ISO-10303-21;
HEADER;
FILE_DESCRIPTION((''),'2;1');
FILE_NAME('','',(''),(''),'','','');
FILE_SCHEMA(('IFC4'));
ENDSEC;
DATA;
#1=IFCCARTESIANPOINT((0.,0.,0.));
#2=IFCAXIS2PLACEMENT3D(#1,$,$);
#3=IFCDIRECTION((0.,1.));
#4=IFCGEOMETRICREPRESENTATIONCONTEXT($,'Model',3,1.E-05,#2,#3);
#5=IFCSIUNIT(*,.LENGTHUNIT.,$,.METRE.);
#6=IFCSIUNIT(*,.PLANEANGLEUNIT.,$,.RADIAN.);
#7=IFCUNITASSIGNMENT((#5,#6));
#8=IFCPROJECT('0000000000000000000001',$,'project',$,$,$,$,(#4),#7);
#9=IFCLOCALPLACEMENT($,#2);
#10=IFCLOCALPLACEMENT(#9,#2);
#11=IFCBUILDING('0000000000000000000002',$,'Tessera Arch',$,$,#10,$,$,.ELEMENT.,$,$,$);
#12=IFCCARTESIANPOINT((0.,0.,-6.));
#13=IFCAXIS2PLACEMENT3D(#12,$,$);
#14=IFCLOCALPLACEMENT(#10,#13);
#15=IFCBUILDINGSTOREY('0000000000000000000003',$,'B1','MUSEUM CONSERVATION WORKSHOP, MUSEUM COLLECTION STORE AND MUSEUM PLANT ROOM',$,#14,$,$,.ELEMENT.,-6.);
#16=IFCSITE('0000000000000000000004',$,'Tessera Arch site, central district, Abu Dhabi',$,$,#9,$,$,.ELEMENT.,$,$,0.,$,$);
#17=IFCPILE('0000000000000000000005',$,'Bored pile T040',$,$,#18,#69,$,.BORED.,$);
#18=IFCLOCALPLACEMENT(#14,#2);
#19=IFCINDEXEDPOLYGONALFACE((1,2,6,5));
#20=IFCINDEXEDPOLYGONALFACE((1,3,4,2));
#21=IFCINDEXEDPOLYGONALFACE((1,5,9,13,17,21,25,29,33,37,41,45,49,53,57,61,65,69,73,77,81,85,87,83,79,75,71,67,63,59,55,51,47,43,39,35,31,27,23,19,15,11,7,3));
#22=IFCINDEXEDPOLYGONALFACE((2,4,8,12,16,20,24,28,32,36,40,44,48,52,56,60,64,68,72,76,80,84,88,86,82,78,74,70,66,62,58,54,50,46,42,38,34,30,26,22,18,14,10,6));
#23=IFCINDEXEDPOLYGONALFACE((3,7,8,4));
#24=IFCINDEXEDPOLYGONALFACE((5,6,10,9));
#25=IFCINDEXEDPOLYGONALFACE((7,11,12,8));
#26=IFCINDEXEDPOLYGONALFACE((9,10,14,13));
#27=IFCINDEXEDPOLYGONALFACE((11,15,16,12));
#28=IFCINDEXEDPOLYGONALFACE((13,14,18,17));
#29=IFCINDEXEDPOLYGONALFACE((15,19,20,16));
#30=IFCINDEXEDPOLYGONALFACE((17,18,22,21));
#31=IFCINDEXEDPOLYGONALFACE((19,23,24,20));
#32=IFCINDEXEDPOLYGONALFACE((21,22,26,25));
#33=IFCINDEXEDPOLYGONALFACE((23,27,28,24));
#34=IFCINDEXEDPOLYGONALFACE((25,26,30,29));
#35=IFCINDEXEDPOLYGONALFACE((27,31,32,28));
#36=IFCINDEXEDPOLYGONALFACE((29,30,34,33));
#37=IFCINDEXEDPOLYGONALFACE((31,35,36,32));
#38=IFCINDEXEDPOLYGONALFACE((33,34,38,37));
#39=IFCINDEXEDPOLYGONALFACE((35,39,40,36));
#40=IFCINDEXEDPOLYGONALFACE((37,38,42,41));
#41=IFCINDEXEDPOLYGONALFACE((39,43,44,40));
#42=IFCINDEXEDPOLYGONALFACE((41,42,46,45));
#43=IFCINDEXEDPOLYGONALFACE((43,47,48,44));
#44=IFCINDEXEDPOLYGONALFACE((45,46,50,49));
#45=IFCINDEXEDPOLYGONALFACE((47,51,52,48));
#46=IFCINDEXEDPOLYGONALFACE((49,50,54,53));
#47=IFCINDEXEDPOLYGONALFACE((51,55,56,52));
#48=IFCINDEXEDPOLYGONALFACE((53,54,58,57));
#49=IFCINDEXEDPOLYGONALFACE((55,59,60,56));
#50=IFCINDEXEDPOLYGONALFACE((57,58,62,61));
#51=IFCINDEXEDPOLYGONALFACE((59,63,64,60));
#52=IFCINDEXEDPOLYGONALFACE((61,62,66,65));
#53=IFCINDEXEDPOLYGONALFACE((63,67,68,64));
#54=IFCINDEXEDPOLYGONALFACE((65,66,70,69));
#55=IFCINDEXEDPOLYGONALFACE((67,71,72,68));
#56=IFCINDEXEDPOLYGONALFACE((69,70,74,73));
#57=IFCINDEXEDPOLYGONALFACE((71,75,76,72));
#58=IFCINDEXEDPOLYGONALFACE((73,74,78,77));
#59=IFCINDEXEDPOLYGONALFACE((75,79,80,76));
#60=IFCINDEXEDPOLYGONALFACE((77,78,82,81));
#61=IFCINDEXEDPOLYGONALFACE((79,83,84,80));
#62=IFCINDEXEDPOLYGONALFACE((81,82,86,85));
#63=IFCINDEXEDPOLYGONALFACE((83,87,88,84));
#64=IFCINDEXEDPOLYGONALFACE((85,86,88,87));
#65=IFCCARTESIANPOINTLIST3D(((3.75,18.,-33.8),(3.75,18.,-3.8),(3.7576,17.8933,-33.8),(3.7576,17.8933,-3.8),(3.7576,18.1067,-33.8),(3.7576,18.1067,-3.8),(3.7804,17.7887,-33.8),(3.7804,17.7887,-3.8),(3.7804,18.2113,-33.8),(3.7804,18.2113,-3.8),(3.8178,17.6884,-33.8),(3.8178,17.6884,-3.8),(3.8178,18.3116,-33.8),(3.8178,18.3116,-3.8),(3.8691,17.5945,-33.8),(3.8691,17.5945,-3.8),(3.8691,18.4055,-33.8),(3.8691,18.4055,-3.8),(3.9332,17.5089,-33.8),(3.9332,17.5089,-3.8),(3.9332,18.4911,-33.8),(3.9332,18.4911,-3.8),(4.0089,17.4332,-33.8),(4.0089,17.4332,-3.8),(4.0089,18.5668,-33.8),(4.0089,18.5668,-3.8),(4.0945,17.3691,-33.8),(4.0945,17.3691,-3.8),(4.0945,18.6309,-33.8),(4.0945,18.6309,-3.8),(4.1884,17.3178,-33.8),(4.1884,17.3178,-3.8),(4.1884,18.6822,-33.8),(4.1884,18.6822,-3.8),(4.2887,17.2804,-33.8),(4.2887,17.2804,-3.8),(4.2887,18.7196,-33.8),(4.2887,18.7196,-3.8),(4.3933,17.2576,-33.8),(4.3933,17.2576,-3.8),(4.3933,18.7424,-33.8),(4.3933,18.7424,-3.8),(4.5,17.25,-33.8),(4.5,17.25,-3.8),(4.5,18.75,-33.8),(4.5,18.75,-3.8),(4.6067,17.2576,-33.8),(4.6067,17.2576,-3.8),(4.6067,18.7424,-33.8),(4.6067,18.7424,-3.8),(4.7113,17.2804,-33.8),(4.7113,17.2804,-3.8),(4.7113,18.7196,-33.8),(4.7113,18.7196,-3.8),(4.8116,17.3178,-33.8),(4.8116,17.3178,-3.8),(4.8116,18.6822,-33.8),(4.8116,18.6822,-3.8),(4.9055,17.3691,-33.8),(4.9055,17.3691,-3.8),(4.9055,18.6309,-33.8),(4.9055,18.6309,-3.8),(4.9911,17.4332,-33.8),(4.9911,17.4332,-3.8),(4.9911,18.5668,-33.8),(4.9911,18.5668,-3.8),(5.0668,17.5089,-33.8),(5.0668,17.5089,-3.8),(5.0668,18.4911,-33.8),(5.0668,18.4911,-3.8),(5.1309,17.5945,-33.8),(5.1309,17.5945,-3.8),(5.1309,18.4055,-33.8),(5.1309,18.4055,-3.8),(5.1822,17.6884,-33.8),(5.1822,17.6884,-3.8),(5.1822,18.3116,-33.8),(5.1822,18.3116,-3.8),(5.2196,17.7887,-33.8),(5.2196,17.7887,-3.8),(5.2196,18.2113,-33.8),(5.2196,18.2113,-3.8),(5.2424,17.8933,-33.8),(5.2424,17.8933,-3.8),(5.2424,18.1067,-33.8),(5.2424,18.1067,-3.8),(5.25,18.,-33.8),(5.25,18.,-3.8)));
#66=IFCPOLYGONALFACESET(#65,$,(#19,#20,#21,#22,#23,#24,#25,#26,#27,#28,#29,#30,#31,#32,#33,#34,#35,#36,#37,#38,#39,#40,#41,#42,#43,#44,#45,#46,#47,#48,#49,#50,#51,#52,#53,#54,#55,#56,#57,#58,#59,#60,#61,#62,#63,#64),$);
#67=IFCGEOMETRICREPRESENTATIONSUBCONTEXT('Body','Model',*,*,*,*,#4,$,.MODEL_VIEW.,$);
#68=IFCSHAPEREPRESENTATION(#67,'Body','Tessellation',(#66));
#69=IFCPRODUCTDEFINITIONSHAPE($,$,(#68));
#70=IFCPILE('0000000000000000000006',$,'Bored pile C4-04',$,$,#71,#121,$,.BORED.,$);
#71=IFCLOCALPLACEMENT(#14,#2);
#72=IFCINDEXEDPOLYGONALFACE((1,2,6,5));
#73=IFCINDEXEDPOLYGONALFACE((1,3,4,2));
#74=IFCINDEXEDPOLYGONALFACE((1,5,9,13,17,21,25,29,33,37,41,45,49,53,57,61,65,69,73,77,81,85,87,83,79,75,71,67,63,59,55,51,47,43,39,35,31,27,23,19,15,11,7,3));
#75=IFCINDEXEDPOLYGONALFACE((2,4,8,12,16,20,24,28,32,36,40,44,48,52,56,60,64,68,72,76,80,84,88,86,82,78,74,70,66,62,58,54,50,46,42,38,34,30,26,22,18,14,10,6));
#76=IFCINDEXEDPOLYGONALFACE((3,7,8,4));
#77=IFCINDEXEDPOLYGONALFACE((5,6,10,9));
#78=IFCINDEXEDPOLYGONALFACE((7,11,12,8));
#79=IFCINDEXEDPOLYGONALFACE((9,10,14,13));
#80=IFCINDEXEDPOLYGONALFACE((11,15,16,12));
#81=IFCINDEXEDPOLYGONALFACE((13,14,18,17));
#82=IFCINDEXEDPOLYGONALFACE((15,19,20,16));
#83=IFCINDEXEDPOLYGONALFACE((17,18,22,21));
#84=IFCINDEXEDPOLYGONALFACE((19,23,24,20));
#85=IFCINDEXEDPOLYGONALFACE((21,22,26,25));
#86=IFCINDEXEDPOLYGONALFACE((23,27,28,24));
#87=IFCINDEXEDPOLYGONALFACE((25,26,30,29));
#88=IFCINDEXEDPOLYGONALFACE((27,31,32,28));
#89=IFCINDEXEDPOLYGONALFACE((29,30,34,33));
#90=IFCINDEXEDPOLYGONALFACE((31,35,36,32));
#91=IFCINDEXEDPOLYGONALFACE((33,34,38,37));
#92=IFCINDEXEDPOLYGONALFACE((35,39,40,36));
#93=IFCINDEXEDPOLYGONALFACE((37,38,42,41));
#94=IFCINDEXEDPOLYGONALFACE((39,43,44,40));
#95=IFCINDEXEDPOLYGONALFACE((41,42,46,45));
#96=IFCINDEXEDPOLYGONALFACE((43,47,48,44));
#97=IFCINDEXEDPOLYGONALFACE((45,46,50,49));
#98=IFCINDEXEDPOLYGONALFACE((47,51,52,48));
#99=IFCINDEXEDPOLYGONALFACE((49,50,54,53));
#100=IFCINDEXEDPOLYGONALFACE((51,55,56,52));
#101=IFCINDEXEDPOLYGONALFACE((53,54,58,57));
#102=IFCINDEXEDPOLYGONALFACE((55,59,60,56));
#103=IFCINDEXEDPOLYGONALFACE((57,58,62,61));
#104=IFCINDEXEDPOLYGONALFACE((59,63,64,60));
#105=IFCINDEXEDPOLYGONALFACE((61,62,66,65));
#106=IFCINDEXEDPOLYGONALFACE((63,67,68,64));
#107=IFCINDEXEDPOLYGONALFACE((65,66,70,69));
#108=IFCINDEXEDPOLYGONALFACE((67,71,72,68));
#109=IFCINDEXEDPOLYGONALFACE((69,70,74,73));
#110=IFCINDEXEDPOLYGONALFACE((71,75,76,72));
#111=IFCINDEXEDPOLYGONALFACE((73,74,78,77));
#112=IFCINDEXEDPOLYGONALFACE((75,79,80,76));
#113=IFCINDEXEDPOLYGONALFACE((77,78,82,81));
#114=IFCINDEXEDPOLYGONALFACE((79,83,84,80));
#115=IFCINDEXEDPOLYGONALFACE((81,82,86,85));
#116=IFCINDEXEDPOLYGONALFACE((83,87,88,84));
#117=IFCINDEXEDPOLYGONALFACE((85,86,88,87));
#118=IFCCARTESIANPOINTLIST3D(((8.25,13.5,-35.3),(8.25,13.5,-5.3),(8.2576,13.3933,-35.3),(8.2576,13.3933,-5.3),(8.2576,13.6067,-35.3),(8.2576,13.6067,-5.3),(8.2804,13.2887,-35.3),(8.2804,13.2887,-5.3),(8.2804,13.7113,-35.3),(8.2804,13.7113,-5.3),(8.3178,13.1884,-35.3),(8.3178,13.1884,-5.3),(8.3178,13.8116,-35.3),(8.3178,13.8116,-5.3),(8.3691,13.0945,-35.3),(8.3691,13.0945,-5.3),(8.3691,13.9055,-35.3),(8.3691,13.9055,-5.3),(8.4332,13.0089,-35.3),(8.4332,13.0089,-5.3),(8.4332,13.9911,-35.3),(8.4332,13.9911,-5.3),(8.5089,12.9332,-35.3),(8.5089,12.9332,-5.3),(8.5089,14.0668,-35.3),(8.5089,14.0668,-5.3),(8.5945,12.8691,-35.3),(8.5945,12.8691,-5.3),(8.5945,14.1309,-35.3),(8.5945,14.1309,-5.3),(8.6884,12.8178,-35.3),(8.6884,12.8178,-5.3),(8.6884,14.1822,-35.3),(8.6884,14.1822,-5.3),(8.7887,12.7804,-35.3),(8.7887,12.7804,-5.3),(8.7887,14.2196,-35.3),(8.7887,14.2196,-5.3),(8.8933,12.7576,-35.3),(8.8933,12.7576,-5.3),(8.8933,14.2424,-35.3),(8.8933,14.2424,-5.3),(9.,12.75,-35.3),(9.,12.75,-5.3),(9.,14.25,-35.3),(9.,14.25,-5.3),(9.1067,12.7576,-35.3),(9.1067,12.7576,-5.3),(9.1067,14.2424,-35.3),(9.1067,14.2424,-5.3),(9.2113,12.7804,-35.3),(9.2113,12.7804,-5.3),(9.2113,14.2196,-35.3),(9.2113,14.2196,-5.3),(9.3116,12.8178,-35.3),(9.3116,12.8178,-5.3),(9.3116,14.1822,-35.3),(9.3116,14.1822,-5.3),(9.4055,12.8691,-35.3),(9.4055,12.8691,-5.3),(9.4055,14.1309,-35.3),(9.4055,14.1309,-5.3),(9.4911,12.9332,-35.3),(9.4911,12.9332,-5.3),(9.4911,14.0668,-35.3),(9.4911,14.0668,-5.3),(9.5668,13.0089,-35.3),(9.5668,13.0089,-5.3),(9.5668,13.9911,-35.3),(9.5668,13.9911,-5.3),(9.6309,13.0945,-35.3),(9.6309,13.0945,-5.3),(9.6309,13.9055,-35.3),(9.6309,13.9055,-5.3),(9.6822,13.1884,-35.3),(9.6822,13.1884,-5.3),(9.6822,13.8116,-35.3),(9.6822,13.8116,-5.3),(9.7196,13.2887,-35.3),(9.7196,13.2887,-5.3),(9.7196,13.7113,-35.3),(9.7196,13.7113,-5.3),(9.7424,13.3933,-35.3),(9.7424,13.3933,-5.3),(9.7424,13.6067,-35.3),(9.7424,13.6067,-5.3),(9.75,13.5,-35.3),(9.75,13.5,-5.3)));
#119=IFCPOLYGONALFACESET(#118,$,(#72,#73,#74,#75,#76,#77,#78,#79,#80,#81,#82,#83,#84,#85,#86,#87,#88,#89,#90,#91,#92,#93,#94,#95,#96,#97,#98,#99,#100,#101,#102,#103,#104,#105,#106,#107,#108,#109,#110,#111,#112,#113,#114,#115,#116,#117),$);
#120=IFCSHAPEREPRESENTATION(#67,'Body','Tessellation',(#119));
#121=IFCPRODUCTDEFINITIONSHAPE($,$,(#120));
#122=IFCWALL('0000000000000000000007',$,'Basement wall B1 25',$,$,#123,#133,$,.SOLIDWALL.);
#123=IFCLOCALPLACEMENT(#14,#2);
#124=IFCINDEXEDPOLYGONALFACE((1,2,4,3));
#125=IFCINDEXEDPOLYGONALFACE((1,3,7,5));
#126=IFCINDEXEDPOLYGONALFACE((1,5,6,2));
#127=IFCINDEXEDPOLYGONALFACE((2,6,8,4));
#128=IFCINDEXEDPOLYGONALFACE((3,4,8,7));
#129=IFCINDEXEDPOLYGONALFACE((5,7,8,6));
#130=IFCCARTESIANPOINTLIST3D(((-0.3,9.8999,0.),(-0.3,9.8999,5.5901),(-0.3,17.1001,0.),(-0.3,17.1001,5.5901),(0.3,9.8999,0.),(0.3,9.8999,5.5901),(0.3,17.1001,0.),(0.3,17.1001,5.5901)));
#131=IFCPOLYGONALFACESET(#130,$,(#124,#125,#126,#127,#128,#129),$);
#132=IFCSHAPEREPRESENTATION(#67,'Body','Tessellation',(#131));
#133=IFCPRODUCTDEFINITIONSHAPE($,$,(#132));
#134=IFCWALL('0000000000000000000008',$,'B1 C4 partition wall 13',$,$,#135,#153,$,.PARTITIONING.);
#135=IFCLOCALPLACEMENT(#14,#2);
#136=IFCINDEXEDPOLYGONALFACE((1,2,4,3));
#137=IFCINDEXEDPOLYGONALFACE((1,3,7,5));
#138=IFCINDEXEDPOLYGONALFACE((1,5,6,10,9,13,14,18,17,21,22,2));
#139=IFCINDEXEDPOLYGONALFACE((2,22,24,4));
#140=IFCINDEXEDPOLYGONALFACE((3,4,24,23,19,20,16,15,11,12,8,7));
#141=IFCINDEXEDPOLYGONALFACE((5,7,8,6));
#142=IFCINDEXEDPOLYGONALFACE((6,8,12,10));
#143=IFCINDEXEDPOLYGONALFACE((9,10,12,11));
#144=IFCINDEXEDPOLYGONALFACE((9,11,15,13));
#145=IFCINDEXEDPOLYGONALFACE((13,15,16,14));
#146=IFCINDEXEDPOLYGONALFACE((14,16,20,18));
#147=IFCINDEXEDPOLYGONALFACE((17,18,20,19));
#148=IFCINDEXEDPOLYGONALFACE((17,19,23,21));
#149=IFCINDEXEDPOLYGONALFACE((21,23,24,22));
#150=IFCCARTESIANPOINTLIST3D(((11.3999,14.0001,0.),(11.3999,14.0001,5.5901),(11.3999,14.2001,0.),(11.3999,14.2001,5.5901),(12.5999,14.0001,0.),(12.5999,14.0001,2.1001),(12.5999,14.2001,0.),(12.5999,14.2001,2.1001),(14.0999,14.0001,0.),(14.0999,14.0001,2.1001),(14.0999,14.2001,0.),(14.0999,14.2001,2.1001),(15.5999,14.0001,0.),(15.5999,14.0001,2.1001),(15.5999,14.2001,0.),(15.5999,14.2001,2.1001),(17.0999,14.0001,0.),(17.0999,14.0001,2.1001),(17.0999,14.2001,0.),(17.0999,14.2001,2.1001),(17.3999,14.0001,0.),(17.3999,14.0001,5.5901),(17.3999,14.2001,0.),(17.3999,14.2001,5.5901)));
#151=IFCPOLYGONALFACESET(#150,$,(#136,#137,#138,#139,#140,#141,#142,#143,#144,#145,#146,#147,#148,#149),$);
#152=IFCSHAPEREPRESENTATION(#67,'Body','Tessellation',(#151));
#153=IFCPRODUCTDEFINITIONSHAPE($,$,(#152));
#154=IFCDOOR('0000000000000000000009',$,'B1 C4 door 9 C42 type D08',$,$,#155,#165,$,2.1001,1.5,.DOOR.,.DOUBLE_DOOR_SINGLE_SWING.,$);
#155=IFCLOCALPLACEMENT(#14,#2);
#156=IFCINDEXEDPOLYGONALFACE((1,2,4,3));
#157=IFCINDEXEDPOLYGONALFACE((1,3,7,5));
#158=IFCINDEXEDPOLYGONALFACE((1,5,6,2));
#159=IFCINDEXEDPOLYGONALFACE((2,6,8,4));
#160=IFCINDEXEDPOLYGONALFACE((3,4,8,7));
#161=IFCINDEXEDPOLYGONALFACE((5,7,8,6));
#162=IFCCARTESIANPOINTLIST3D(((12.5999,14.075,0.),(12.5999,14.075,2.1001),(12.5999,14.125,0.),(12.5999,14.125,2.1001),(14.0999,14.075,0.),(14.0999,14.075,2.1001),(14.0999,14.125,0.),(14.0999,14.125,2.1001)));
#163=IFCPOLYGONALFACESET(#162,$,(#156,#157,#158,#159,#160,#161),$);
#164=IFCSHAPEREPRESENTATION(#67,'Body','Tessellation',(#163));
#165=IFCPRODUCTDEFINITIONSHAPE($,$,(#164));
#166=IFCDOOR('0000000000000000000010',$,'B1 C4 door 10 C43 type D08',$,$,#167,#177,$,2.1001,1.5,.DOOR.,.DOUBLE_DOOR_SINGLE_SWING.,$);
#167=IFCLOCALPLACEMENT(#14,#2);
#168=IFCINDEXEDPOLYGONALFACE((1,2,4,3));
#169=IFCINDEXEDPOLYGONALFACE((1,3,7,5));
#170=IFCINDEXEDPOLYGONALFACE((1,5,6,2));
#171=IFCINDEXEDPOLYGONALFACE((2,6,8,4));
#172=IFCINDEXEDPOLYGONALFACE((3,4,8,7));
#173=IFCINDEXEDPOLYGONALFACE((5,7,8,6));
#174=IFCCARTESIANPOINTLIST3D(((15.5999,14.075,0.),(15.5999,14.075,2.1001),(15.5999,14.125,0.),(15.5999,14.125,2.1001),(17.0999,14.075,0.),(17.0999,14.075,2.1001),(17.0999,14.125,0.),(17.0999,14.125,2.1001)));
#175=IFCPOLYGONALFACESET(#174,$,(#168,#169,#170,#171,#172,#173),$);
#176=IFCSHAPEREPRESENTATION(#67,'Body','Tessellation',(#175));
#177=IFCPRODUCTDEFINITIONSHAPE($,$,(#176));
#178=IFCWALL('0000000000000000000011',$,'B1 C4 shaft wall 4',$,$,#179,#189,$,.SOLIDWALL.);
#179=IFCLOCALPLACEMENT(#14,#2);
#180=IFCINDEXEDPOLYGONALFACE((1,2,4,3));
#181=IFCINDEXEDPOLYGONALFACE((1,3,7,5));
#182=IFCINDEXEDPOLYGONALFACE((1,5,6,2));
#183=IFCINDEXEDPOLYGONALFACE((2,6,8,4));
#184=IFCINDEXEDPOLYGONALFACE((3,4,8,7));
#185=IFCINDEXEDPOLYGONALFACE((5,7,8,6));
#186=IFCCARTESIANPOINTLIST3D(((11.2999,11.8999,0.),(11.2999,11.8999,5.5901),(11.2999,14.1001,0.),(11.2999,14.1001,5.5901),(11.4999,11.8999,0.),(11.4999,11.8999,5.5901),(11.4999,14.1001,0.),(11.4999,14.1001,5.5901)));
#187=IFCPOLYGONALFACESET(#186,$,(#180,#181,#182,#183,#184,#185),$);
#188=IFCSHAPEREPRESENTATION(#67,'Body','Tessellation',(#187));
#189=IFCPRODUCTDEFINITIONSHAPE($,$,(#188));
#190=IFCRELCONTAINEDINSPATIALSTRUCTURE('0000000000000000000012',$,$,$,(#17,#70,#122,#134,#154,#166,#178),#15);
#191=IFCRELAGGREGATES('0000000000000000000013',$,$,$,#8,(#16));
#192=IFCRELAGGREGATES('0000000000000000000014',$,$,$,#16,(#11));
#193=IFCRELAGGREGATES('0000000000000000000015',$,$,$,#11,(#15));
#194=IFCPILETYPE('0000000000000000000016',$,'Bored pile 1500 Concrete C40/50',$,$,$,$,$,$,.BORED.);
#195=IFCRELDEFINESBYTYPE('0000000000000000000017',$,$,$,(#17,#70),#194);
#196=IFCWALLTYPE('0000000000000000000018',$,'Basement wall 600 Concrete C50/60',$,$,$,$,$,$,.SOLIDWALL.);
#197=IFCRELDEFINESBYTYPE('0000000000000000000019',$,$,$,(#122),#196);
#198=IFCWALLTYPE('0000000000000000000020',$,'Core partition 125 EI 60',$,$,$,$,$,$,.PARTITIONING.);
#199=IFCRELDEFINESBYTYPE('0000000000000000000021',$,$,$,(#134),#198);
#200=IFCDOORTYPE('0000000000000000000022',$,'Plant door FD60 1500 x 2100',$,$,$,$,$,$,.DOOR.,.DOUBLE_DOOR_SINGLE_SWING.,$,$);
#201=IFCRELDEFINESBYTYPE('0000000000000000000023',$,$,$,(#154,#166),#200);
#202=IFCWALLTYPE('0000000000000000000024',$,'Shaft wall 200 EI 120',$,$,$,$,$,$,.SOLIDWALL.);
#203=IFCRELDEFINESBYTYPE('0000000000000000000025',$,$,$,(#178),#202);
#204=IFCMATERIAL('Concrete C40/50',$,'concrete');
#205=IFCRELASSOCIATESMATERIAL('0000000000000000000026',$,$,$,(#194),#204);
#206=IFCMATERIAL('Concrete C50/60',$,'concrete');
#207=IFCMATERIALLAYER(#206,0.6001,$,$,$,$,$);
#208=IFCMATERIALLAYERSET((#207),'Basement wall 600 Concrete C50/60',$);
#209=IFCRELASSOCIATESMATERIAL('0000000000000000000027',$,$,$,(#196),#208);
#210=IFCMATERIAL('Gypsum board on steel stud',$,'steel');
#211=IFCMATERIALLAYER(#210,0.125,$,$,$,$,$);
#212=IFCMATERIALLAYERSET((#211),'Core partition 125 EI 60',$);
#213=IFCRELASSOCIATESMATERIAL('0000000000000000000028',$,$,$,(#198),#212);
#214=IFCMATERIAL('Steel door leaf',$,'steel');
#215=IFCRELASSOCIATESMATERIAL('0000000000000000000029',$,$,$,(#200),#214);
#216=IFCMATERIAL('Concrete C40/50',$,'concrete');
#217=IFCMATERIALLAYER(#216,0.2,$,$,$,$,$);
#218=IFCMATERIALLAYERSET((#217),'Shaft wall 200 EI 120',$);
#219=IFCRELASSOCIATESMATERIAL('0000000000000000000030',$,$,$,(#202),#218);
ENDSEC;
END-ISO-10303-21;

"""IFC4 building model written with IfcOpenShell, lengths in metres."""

from ifc_helpers import new_model, si_unit, direction, frame, frame_2d, origin, origin_2d, place, context, subcontext, project, spatial, rectangle, circle, extrude, material, layer, layer_set, type_object, element, fill, save


model = new_model("IFC4")

# Units and contexts
model_context = context("Model", 3, precision=1e-05, world=origin(), true_north=direction((0.0, 1.0)))
body_context = subcontext(model_context, "Body", "Model", "MODEL_VIEW")
ifc_project = project(units=[si_unit("LENGTHUNIT", "METRE"), si_unit("PLANEANGLEUNIT", "RADIAN")], contexts=[model_context])

# Site, building, storey
site_placement = place(None, origin())
site = spatial("IfcSite", under=ifc_project, at=site_placement, Name="Tessera Arch site, central district, Abu Dhabi", CompositionType="ELEMENT", RefElevation=0.0)
building_placement = place(site_placement, origin())
building = spatial("IfcBuilding", under=site, at=building_placement, Name="Tessera Arch", CompositionType="ELEMENT")
storey_placement = place(building_placement, frame((0.0, 0.0, -6.0)))
storey = spatial("IfcBuildingStorey", under=building, at=storey_placement, Name="B1", Description="MUSEUM CONSERVATION WORKSHOP, MUSEUM COLLECTION STORE AND MUSEUM PLANT ROOM", CompositionType="ELEMENT", Elevation=-6.0)

# Piles
ifc_material_1 = material(Name="Concrete C40/50", Category="concrete")
pile_type = type_object("IfcPileType", Name="Bored pile 1500 Concrete C40/50", PredefinedType="BORED", material=ifc_material_1)
for number, where, z_axis, x_axis, name in (
    (1, (4.5, 18.0, -3.8), (0.0, 0.0, -1.0), (1.0, 0.0, 0.0), "Bored pile T040"),
    (2, (9.0, 13.5, -5.3), (0.0, 0.0, -1.0), (1.0, 0.0, 0.0), "Bored pile C4-04"),
):
    element("IfcPile", number, at=place(storey_placement, frame(where, z_axis=z_axis, x_axis=x_axis)), inside=storey, type_object=pile_type, Name=name, PredefinedType="BORED", context=body_context, shape_type="SweptSolid", body=[
        extrude(circle(Radius=0.75, at=origin_2d()), origin(), (0.0, 0.0, 1.0), 30.0),
    ])

# Wall
ifc_material_2 = material(Name="Concrete C50/60", Category="concrete")
ifc_layer_1 = layer(ifc_material_2, 0.6001)
ifc_layer_set_1 = layer_set([ifc_layer_1], Name="Basement wall 600 Concrete C50/60")
wall_type_1 = type_object("IfcWallType", Name="Basement wall 600 Concrete C50/60", PredefinedType="SOLIDWALL", material=ifc_layer_set_1)
wall_1_placement = place(storey_placement, frame((0.0, 17.1001, 0.0), z_axis=(0.0, 0.0, 1.0), x_axis=(0.0, -1.0, 0.0)))
element("IfcWall", 3, at=wall_1_placement, inside=storey, type_object=wall_type_1, Name="Basement wall B1 25", PredefinedType="SOLIDWALL", context=body_context, shape_type="SweptSolid", body=[
    extrude(rectangle(XDim=7.2002, YDim=0.6001, at=frame_2d((3.6001, 0.0))), origin(), (0.0, 0.0, 1.0), 5.5901),
])

# Wall, openings, doors
ifc_material_3 = material(Name="Gypsum board on steel stud", Category="steel")
ifc_layer_2 = layer(ifc_material_3, 0.125)
ifc_layer_set_2 = layer_set([ifc_layer_2], Name="Core partition 125 EI 60")
wall_type_2 = type_object("IfcWallType", Name="Core partition 125 EI 60", PredefinedType="PARTITIONING", material=ifc_layer_set_2)
wall_2_placement = place(storey_placement, frame((11.3999, 14.1001, 0.0), z_axis=(0.0, 0.0, 1.0), x_axis=(1.0, 0.0, 0.0)))
wall_2 = element("IfcWall", 4, at=wall_2_placement, inside=storey, type_object=wall_type_2, Name="B1 C4 partition wall 13", PredefinedType="PARTITIONING", context=body_context, shape_type="SweptSolid", body=[
    extrude(rectangle(XDim=6.0, YDim=0.2, at=frame_2d((3.0, 0.0))), origin(), (0.0, 0.0, 1.0), 5.5901),
])
opening_1_placement = place(wall_2_placement, frame((1.2, 0.0, 0.0)))
opening_1 = element("IfcOpeningElement", 5, at=opening_1_placement, cuts=wall_2, PredefinedType="OPENING", context=body_context, shape_type="SweptSolid", body=[
    extrude(rectangle(XDim=1.5, YDim=2.1001, at=frame_2d((0.75, 1.05))), frame((0.0, 0.1099, 0.0), z_axis=(0.0, -1.0, 0.0), x_axis=(1.0, 0.0, 0.0)), (0.0, 0.0, 1.0), 0.22),
])
opening_2_placement = place(wall_2_placement, frame((4.2, 0.0, 0.0)))
opening_2 = element("IfcOpeningElement", 6, at=opening_2_placement, cuts=wall_2, PredefinedType="OPENING", context=body_context, shape_type="SweptSolid", body=[
    extrude(rectangle(XDim=1.5, YDim=2.1001, at=frame_2d((0.75, 1.05))), frame((0.0, 0.1099, 0.0), z_axis=(0.0, -1.0, 0.0), x_axis=(1.0, 0.0, 0.0)), (0.0, 0.0, 1.0), 0.22),
])
ifc_material_4 = material(Name="Steel door leaf", Category="steel")
door_type_1 = type_object("IfcDoorType", Name="Plant door FD60 1500 x 2100", OperationType="DOUBLE_DOOR_SINGLE_SWING", PredefinedType="DOOR", material=ifc_material_4)
door_1_placement = place(opening_1_placement, origin())
door_1 = element("IfcDoor", 7, at=door_1_placement, inside=storey, type_object=door_type_1, Name="B1 C4 door 9 C42 type D08", OperationType="DOUBLE_DOOR_SINGLE_SWING", OverallHeight=2.1001, OverallWidth=1.5, PredefinedType="DOOR", context=body_context, shape_type="SweptSolid", body=[
    extrude(rectangle(XDim=1.5, YDim=2.1001, at=frame_2d((0.75, 1.05))), frame((0.0, 0.0249, 0.0), z_axis=(0.0, -1.0, 0.0), x_axis=(1.0, 0.0, 0.0)), (0.0, 0.0, 1.0), 0.05),
])
fill(opening_1, door_1)
door_2_placement = place(opening_2_placement, origin())
door_2 = element("IfcDoor", 8, at=door_2_placement, inside=storey, type_object=door_type_1, Name="B1 C4 door 10 C43 type D08", OperationType="DOUBLE_DOOR_SINGLE_SWING", OverallHeight=2.1001, OverallWidth=1.5, PredefinedType="DOOR", context=body_context, shape_type="SweptSolid", body=[
    extrude(rectangle(XDim=1.5, YDim=2.1001, at=frame_2d((0.75, 1.05))), frame((0.0, 0.0249, 0.0), z_axis=(0.0, -1.0, 0.0), x_axis=(1.0, 0.0, 0.0)), (0.0, 0.0, 1.0), 0.05),
])
fill(opening_2, door_2)

# Wall
ifc_material_5 = material(Name="Concrete C40/50", Category="concrete")
ifc_layer_3 = layer(ifc_material_5, 0.2)
ifc_layer_set_3 = layer_set([ifc_layer_3], Name="Shaft wall 200 EI 120")
wall_type_3 = type_object("IfcWallType", Name="Shaft wall 200 EI 120", PredefinedType="SOLIDWALL", material=ifc_layer_set_3)
wall_3_placement = place(storey_placement, frame((11.3999, 11.8999, 0.0), z_axis=(0.0, 0.0, 1.0), x_axis=(0.0, 1.0, 0.0)))
element("IfcWall", 9, at=wall_3_placement, inside=storey, type_object=wall_type_3, Name="B1 C4 shaft wall 4", PredefinedType="SOLIDWALL", context=body_context, shape_type="SweptSolid", body=[
    extrude(rectangle(XDim=2.2002, YDim=0.2, at=frame_2d((1.1001, 0.0))), origin(), (0.0, 0.0, 1.0), 5.5901),
])

save(model, "model.ifc")
